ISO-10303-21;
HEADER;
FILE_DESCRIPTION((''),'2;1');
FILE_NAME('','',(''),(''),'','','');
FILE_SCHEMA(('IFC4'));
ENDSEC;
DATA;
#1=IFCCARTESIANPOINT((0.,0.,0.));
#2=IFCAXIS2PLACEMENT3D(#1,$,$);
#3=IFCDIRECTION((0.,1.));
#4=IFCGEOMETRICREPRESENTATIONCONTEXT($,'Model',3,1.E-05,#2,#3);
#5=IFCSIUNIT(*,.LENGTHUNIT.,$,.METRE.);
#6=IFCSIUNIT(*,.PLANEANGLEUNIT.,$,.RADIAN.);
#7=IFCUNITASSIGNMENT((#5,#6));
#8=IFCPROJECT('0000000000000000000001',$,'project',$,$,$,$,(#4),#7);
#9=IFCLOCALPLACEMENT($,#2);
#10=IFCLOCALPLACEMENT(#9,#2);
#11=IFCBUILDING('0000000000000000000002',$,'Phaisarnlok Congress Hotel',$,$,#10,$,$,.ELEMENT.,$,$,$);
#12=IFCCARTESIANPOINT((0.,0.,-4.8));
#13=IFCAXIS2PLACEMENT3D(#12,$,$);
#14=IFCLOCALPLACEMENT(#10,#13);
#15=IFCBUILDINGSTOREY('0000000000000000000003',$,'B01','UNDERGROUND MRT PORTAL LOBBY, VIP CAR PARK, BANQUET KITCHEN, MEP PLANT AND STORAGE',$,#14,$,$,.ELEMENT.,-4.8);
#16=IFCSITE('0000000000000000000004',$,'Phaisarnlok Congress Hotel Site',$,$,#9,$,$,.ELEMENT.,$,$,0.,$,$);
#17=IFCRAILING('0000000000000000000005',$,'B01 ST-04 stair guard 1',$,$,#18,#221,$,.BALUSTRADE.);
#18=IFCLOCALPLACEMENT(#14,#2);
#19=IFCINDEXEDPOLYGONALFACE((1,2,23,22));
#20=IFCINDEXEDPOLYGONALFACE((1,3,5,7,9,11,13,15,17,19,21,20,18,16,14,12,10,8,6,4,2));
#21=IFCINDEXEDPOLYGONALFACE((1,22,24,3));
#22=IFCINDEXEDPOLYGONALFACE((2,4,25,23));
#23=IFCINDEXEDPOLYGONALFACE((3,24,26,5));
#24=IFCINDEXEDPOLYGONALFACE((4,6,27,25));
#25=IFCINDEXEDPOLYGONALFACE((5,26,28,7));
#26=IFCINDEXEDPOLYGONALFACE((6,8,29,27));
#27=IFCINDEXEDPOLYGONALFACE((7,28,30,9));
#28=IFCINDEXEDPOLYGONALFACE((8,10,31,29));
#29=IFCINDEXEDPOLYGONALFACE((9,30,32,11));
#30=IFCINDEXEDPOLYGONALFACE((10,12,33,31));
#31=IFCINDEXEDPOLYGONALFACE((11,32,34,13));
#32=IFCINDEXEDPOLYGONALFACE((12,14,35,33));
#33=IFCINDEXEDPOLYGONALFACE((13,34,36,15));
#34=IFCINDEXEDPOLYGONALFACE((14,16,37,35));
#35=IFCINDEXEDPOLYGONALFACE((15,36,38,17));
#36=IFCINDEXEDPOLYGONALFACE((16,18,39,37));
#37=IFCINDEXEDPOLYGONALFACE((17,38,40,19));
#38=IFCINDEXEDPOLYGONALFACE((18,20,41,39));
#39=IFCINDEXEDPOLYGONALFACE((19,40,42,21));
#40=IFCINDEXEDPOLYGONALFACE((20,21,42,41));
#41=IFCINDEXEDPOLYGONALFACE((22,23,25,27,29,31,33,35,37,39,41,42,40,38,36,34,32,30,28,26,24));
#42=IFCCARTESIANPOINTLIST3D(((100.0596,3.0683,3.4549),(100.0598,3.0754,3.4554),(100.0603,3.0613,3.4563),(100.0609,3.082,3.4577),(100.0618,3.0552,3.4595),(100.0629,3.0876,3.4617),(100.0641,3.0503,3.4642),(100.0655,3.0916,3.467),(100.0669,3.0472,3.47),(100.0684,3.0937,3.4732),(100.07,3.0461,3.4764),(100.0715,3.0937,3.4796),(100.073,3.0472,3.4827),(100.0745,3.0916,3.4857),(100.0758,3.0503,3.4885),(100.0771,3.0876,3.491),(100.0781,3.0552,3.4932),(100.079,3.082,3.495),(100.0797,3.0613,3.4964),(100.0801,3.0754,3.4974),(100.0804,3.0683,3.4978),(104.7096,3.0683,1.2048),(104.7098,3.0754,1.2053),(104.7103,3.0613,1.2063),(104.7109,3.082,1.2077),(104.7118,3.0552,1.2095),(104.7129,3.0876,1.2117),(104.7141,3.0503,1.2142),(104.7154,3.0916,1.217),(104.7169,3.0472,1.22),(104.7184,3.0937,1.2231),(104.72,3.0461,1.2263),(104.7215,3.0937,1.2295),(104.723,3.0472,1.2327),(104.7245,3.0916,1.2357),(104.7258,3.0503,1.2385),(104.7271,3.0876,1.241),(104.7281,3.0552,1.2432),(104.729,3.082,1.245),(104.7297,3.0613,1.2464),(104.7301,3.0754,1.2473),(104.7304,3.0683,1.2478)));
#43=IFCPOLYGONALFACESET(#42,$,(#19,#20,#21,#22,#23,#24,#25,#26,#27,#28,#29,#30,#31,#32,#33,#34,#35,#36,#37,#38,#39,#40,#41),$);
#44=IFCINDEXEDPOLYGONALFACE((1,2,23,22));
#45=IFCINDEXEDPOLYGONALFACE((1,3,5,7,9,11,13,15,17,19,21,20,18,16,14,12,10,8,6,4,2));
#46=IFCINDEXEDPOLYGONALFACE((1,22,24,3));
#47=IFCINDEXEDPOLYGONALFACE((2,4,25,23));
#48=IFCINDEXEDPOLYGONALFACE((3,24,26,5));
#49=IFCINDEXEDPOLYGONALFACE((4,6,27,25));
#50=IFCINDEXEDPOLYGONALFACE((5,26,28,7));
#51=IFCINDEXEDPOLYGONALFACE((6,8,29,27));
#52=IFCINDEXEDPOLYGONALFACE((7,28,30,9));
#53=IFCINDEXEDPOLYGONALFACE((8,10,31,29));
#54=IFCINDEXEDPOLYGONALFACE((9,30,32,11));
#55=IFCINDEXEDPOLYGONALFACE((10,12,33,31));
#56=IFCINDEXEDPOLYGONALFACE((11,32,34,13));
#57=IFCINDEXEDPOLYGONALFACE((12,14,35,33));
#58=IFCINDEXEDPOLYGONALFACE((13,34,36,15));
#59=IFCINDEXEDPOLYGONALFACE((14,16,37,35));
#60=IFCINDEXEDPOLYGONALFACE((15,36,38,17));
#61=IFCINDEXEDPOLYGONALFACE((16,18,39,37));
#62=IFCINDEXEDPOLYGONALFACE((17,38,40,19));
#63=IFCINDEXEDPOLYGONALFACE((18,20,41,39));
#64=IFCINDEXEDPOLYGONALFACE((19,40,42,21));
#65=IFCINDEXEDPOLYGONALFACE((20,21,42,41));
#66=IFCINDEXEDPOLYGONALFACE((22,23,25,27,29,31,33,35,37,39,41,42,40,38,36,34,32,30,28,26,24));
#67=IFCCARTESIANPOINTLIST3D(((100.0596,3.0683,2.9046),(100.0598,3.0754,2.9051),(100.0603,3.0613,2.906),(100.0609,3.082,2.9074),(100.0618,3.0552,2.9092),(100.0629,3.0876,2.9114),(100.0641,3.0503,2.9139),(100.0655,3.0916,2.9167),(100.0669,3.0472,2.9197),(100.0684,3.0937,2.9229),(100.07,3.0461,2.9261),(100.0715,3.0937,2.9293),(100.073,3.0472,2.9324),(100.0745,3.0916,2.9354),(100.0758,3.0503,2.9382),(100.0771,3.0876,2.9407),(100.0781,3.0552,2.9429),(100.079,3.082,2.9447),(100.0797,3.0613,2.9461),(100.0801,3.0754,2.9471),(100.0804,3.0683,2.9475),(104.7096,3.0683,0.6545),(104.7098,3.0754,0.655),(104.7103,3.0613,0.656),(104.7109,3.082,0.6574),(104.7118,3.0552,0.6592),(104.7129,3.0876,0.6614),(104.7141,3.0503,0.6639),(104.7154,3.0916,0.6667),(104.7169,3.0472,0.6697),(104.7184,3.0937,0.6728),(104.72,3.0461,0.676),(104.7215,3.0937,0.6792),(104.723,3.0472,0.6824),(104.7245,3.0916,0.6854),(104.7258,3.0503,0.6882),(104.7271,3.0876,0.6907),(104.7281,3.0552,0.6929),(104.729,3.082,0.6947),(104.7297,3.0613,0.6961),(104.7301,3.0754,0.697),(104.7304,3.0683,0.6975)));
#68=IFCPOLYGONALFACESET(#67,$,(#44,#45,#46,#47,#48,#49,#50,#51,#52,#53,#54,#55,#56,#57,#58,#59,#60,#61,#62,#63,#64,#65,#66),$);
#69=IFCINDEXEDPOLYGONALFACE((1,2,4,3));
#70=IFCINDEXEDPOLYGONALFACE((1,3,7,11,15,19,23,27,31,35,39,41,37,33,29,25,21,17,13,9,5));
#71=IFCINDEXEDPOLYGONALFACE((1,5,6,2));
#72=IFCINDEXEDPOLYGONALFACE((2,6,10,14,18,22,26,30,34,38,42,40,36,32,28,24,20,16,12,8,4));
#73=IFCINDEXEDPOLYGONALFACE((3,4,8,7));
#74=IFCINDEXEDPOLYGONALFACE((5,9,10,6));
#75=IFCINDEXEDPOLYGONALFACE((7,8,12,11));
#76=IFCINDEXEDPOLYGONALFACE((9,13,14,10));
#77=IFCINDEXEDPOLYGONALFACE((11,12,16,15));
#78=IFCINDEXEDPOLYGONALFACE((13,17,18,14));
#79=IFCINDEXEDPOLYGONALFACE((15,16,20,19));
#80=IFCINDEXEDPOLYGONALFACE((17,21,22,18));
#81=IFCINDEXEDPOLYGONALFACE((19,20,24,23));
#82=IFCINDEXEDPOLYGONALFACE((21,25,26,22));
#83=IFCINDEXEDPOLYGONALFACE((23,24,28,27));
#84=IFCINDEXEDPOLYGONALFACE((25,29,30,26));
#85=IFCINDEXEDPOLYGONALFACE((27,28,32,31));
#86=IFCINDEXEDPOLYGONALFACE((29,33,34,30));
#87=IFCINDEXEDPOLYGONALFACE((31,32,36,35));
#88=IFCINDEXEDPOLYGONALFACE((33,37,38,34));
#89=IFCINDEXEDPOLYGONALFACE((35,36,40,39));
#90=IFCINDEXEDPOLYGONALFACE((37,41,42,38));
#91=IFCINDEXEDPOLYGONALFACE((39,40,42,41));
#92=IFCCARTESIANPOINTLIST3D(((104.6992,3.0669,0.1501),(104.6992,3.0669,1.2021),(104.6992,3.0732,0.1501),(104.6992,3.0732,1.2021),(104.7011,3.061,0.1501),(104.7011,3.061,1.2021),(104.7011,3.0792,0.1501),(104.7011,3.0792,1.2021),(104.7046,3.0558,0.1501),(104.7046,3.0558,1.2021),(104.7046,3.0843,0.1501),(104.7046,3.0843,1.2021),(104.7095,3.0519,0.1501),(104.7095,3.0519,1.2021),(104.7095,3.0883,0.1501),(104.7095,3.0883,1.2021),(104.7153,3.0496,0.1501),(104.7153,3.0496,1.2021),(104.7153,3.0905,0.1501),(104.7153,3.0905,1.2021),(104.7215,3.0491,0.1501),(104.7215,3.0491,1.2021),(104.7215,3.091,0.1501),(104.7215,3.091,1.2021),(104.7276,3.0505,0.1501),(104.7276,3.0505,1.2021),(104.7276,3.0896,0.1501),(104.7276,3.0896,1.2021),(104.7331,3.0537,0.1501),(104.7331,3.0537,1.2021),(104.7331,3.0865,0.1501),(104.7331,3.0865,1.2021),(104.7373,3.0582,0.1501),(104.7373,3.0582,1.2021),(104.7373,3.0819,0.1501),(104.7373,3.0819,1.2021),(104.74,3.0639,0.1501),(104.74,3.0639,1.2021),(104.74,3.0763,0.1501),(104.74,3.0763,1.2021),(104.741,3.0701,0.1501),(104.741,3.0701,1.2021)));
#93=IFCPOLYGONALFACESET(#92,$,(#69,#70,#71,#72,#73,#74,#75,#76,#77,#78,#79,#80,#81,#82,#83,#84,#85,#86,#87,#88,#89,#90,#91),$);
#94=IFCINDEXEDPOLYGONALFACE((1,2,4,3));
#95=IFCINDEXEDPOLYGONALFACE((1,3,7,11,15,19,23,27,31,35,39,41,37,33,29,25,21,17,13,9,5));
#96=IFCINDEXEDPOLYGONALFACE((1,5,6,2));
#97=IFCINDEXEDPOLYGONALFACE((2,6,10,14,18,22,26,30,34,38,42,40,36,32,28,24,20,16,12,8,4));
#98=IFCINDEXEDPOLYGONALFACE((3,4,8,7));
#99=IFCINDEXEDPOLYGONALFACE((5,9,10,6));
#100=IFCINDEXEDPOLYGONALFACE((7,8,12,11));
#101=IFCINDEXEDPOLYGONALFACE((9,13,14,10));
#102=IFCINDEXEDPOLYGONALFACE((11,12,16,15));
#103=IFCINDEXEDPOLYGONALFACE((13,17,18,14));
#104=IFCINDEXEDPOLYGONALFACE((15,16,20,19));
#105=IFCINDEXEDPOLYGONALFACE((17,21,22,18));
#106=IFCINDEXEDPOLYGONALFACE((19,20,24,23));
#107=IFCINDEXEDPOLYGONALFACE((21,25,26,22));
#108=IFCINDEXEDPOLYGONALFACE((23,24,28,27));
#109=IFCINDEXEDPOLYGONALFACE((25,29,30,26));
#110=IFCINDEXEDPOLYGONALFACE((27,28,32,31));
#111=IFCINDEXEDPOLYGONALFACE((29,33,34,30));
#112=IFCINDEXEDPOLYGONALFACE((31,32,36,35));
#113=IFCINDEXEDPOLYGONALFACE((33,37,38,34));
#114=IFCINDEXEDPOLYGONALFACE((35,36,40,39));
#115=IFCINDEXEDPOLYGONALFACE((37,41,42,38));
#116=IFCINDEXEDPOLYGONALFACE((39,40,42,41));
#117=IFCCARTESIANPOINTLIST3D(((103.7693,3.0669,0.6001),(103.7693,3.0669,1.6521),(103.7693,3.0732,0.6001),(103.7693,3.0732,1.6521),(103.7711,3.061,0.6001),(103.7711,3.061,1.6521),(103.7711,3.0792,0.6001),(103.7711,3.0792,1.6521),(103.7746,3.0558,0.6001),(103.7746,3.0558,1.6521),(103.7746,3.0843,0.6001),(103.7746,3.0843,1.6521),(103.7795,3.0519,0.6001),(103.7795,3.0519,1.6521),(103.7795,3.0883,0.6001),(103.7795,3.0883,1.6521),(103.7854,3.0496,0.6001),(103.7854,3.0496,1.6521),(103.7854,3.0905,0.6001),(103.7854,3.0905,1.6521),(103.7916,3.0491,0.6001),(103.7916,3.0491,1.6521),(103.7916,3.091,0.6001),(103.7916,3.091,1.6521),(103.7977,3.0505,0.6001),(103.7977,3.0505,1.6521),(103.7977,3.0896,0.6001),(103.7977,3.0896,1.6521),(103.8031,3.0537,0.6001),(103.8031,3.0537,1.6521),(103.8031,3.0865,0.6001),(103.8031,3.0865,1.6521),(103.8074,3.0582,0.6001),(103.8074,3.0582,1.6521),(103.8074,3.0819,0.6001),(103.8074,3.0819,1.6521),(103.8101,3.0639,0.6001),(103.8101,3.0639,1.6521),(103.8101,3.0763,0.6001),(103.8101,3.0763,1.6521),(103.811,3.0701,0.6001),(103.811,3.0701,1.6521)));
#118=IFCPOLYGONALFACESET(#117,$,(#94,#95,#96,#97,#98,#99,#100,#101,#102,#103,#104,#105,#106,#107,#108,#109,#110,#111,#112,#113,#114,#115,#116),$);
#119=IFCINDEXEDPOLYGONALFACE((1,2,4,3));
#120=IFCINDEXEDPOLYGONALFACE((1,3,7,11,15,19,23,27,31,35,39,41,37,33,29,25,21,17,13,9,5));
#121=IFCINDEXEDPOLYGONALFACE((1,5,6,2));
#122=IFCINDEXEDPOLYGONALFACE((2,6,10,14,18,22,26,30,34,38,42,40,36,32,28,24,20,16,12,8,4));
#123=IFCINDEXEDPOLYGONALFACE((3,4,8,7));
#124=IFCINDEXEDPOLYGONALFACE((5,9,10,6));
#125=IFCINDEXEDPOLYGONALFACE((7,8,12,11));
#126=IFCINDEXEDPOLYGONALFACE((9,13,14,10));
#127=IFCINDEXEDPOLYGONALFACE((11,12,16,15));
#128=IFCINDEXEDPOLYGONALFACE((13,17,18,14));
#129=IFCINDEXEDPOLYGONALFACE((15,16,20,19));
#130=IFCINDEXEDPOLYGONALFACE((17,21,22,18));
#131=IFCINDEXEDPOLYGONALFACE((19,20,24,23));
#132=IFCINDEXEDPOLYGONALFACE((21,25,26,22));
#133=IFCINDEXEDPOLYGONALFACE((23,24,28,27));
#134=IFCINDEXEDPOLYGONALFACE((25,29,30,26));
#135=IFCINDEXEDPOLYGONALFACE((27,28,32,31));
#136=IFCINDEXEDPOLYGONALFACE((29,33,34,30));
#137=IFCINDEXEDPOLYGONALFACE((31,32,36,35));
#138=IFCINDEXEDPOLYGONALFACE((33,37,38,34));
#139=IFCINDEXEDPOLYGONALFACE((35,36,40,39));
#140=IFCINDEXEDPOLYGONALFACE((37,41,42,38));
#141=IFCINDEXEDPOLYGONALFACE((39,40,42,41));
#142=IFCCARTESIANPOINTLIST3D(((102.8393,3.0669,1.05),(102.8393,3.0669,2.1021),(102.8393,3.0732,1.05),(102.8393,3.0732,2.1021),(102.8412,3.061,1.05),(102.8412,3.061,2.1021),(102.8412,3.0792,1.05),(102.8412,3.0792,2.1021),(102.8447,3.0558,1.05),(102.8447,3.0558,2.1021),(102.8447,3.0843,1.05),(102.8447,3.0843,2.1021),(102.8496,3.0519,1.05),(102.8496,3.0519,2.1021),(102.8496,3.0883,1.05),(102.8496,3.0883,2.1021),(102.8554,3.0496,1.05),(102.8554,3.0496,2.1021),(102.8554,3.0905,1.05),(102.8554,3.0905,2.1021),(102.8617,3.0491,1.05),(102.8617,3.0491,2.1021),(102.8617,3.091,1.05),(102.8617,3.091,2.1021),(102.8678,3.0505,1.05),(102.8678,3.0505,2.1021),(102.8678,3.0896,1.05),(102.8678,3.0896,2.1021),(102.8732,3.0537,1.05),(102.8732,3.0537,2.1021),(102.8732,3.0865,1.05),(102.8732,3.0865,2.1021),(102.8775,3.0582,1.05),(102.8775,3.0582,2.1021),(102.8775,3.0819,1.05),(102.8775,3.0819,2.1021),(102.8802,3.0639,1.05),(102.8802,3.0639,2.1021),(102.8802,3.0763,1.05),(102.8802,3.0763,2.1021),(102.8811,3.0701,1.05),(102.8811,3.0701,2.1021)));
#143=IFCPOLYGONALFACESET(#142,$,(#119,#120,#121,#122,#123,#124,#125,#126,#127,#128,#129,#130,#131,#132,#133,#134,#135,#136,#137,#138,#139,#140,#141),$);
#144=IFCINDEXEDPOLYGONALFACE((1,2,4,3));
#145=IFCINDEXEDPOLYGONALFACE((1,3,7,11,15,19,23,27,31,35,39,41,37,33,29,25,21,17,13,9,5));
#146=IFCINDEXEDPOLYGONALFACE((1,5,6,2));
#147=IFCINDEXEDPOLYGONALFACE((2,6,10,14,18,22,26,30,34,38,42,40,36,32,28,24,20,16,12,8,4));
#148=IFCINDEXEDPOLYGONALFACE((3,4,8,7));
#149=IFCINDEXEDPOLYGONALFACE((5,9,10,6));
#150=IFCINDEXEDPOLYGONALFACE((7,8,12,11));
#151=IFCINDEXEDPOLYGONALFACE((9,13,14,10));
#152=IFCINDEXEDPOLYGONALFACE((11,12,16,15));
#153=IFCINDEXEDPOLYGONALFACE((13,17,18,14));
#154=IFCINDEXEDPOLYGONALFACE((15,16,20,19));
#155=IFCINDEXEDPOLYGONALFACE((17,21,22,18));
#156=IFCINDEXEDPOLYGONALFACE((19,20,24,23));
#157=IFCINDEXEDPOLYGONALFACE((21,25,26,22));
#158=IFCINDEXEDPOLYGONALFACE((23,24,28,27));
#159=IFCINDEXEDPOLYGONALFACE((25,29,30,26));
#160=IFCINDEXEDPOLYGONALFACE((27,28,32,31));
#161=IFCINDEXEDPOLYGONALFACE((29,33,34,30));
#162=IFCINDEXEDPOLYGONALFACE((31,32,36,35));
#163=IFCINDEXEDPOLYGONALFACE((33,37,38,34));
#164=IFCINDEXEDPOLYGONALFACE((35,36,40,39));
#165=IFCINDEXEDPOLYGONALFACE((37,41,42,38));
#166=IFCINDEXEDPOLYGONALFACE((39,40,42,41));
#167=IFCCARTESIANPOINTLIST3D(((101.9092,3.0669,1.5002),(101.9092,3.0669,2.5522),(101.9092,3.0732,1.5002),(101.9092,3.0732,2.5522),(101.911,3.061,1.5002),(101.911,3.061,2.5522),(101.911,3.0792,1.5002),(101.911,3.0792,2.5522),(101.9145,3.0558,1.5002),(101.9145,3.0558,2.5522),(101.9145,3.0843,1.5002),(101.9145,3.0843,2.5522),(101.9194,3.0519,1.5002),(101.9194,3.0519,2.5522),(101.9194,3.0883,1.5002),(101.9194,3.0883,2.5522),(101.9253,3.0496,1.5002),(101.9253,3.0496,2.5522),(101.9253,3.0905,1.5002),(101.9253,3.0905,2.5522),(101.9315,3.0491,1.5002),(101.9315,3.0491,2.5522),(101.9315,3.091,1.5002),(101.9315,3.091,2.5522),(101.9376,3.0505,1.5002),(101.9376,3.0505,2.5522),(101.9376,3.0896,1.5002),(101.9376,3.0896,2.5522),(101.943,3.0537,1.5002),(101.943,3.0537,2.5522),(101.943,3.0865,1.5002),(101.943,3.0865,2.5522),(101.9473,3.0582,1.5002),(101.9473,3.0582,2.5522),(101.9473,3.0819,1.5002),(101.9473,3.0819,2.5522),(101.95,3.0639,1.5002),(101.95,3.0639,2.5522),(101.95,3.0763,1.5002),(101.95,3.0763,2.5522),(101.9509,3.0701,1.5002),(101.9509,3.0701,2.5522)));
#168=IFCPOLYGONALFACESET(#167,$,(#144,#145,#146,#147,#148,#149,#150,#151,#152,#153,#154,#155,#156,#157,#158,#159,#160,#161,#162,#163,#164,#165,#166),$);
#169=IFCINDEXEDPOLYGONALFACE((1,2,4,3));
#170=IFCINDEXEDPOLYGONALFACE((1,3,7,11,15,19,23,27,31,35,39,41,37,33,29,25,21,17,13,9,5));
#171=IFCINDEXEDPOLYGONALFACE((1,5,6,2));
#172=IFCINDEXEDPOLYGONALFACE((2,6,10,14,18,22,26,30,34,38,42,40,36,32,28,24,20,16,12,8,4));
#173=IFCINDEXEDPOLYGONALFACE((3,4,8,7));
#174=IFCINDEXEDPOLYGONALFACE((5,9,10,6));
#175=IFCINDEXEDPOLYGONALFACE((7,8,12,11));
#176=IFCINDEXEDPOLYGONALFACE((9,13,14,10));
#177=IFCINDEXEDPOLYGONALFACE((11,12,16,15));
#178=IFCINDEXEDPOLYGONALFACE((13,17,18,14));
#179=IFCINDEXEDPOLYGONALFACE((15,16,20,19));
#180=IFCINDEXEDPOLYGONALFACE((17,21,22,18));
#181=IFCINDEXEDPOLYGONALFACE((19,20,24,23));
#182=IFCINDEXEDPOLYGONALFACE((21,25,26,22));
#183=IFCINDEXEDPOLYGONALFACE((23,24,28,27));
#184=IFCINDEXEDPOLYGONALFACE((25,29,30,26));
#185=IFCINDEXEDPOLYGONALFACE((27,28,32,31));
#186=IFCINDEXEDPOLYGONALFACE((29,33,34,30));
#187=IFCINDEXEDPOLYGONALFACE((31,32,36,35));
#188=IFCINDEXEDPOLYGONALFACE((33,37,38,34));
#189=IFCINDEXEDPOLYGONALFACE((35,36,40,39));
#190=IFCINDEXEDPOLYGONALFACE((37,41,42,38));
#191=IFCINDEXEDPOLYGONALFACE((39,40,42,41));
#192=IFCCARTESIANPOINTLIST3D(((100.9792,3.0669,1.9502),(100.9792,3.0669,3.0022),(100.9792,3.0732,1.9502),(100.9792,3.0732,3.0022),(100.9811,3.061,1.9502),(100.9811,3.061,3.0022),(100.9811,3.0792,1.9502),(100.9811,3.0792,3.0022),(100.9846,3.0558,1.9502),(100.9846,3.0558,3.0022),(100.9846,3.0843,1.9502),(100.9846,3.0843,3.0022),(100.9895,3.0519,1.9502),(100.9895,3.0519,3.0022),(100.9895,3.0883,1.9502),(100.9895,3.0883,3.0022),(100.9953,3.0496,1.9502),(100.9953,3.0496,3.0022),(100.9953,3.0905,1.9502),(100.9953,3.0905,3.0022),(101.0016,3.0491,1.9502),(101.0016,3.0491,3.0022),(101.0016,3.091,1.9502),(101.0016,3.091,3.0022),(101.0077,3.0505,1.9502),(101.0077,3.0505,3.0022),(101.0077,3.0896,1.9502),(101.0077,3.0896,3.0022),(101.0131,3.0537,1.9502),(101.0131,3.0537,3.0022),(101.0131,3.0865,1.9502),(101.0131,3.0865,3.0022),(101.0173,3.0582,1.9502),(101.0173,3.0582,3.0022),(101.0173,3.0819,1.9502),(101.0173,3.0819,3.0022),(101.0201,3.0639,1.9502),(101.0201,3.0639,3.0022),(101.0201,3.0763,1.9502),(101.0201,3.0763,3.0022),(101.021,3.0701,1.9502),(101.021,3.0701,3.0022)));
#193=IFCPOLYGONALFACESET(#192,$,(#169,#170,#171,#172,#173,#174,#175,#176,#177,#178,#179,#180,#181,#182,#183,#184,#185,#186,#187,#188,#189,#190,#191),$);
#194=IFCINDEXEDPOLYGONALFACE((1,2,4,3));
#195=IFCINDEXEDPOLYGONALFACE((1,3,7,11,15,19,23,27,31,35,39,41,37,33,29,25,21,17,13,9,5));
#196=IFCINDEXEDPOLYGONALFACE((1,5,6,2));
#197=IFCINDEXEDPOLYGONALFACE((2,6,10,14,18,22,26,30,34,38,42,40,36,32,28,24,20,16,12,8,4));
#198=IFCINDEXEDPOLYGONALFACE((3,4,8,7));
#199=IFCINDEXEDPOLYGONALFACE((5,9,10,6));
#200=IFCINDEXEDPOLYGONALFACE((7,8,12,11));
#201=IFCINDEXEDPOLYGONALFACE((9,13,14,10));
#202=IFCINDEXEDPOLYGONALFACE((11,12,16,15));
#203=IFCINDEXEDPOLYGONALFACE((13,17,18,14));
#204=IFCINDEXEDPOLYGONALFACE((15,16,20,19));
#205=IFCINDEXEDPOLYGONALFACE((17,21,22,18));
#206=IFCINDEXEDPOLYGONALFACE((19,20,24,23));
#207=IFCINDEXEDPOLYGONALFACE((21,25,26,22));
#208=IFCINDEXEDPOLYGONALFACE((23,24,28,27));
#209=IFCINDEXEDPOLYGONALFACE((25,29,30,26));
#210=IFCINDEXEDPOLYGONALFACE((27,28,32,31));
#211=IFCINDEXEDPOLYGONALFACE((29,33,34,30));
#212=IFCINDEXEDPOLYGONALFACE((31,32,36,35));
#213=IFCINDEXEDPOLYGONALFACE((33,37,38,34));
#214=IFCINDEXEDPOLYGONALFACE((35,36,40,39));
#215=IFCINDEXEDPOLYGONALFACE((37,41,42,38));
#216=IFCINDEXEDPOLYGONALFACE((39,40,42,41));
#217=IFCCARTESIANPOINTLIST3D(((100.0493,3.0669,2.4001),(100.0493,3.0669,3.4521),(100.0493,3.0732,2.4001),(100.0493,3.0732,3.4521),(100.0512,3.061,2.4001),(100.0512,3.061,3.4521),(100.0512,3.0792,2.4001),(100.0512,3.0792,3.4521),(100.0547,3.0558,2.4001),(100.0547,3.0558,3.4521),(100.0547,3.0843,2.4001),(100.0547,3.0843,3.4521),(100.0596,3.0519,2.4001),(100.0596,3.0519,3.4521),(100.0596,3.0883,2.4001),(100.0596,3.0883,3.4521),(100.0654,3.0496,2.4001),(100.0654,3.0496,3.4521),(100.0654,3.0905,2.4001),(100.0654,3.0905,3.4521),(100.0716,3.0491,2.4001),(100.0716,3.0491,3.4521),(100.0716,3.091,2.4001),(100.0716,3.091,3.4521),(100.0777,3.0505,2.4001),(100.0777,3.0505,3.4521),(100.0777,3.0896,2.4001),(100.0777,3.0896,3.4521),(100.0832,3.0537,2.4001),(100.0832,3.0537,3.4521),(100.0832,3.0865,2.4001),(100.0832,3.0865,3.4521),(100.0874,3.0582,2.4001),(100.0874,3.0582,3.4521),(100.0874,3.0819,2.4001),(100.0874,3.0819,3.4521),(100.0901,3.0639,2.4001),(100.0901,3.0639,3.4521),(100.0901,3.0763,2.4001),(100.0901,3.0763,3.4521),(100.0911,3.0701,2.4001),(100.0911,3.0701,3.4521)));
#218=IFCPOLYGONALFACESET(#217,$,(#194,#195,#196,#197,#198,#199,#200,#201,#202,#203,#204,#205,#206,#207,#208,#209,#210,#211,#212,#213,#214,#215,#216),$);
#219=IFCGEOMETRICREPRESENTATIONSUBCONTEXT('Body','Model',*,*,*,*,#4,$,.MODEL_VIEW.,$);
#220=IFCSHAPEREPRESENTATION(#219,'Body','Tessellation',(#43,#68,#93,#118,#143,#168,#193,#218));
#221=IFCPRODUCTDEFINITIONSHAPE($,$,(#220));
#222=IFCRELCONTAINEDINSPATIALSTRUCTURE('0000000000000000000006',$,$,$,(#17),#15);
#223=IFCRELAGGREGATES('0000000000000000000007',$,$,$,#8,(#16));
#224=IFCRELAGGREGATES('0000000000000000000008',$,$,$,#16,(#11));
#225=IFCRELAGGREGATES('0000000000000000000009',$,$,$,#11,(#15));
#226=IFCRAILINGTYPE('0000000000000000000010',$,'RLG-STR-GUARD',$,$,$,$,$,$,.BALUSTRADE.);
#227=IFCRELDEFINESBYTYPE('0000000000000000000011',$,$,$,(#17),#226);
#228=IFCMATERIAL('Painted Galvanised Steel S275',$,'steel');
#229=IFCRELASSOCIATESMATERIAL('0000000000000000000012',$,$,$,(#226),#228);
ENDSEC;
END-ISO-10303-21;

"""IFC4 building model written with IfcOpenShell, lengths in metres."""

from ifc_helpers import new_model, si_unit, direction, frame, origin, origin_2d, place, context, subcontext, project, spatial, circle, extrude, material, type_object, element, save


model = new_model("IFC4")

# Units and contexts
model_context = context("Model", 3, precision=1e-05, world=origin(), true_north=direction((0.0, 1.0)))
body_context = subcontext(model_context, "Body", "Model", "MODEL_VIEW")
ifc_project = project(units=[si_unit("LENGTHUNIT", "METRE"), si_unit("PLANEANGLEUNIT", "RADIAN")], contexts=[model_context])

# Site, building, storey
site_placement = place(None, origin())
site = spatial("IfcSite", under=ifc_project, at=site_placement, Name="Phaisarnlok Congress Hotel Site", CompositionType="ELEMENT", RefElevation=0.0)
building_placement = place(site_placement, origin())
building = spatial("IfcBuilding", under=site, at=building_placement, Name="Phaisarnlok Congress Hotel", CompositionType="ELEMENT")
storey_placement = place(building_placement, frame((0.0, 0.0, -4.8)))
storey = spatial("IfcBuildingStorey", under=building, at=storey_placement, Name="B01", Description="UNDERGROUND MRT PORTAL LOBBY, VIP CAR PARK, BANQUET KITCHEN, MEP PLANT AND STORAGE", CompositionType="ELEMENT", Elevation=-4.8)

# Railing
ifc_material_1 = material(Name="Painted Galvanised Steel S275", Category="steel")
railing_type_1 = type_object("IfcRailingType", Name="RLG-STR-GUARD", PredefinedType="BALUSTRADE", material=ifc_material_1)
railing_1_placement = place(storey_placement, frame((104.72, 3.0701, 0.1501)))
element("IfcRailing", 1, at=railing_1_placement, inside=storey, type_object=railing_type_1, Name="B01 ST-04 stair guard 1", PredefinedType="BALUSTRADE", context=body_context, shape_type="SweptSolid", body=[
    extrude(circle(Radius=0.0239, at=origin_2d()), frame((0.0, 0.0, 1.0762), z_axis=(-0.900156, 0.0, 0.435568), x_axis=(0.0, -1.0, 0.0)), (0.0, 0.0, 1.0), 5.1658),
    extrude(circle(Radius=0.0239, at=origin_2d()), frame((0.0, 0.0, 0.5259), z_axis=(-0.900156, 0.0, 0.435568), x_axis=(0.0, -1.0, 0.0)), (0.0, 0.0, 1.0), 5.1658),
    extrude(circle(Radius=0.021, at=origin_2d()), origin(), (0.0, 0.0, 1.0), 1.052),
    extrude(circle(Radius=0.021, at=origin_2d()), frame((-0.9299, 0.0, 0.45)), (0.0, 0.0, 1.0), 1.052),
    extrude(circle(Radius=0.021, at=origin_2d()), frame((-1.8599, 0.0, 0.8999)), (0.0, 0.0, 1.0), 1.052),
    extrude(circle(Radius=0.021, at=origin_2d()), frame((-2.79, 0.0, 1.3501)), (0.0, 0.0, 1.0), 1.052),
    extrude(circle(Radius=0.021, at=origin_2d()), frame((-3.72, 0.0, 1.8)), (0.0, 0.0, 1.0), 1.052),
    extrude(circle(Radius=0.021, at=origin_2d()), frame((-4.6499, 0.0, 2.25)), (0.0, 0.0, 1.0), 1.052),
])

save(model, "model.ifc")
